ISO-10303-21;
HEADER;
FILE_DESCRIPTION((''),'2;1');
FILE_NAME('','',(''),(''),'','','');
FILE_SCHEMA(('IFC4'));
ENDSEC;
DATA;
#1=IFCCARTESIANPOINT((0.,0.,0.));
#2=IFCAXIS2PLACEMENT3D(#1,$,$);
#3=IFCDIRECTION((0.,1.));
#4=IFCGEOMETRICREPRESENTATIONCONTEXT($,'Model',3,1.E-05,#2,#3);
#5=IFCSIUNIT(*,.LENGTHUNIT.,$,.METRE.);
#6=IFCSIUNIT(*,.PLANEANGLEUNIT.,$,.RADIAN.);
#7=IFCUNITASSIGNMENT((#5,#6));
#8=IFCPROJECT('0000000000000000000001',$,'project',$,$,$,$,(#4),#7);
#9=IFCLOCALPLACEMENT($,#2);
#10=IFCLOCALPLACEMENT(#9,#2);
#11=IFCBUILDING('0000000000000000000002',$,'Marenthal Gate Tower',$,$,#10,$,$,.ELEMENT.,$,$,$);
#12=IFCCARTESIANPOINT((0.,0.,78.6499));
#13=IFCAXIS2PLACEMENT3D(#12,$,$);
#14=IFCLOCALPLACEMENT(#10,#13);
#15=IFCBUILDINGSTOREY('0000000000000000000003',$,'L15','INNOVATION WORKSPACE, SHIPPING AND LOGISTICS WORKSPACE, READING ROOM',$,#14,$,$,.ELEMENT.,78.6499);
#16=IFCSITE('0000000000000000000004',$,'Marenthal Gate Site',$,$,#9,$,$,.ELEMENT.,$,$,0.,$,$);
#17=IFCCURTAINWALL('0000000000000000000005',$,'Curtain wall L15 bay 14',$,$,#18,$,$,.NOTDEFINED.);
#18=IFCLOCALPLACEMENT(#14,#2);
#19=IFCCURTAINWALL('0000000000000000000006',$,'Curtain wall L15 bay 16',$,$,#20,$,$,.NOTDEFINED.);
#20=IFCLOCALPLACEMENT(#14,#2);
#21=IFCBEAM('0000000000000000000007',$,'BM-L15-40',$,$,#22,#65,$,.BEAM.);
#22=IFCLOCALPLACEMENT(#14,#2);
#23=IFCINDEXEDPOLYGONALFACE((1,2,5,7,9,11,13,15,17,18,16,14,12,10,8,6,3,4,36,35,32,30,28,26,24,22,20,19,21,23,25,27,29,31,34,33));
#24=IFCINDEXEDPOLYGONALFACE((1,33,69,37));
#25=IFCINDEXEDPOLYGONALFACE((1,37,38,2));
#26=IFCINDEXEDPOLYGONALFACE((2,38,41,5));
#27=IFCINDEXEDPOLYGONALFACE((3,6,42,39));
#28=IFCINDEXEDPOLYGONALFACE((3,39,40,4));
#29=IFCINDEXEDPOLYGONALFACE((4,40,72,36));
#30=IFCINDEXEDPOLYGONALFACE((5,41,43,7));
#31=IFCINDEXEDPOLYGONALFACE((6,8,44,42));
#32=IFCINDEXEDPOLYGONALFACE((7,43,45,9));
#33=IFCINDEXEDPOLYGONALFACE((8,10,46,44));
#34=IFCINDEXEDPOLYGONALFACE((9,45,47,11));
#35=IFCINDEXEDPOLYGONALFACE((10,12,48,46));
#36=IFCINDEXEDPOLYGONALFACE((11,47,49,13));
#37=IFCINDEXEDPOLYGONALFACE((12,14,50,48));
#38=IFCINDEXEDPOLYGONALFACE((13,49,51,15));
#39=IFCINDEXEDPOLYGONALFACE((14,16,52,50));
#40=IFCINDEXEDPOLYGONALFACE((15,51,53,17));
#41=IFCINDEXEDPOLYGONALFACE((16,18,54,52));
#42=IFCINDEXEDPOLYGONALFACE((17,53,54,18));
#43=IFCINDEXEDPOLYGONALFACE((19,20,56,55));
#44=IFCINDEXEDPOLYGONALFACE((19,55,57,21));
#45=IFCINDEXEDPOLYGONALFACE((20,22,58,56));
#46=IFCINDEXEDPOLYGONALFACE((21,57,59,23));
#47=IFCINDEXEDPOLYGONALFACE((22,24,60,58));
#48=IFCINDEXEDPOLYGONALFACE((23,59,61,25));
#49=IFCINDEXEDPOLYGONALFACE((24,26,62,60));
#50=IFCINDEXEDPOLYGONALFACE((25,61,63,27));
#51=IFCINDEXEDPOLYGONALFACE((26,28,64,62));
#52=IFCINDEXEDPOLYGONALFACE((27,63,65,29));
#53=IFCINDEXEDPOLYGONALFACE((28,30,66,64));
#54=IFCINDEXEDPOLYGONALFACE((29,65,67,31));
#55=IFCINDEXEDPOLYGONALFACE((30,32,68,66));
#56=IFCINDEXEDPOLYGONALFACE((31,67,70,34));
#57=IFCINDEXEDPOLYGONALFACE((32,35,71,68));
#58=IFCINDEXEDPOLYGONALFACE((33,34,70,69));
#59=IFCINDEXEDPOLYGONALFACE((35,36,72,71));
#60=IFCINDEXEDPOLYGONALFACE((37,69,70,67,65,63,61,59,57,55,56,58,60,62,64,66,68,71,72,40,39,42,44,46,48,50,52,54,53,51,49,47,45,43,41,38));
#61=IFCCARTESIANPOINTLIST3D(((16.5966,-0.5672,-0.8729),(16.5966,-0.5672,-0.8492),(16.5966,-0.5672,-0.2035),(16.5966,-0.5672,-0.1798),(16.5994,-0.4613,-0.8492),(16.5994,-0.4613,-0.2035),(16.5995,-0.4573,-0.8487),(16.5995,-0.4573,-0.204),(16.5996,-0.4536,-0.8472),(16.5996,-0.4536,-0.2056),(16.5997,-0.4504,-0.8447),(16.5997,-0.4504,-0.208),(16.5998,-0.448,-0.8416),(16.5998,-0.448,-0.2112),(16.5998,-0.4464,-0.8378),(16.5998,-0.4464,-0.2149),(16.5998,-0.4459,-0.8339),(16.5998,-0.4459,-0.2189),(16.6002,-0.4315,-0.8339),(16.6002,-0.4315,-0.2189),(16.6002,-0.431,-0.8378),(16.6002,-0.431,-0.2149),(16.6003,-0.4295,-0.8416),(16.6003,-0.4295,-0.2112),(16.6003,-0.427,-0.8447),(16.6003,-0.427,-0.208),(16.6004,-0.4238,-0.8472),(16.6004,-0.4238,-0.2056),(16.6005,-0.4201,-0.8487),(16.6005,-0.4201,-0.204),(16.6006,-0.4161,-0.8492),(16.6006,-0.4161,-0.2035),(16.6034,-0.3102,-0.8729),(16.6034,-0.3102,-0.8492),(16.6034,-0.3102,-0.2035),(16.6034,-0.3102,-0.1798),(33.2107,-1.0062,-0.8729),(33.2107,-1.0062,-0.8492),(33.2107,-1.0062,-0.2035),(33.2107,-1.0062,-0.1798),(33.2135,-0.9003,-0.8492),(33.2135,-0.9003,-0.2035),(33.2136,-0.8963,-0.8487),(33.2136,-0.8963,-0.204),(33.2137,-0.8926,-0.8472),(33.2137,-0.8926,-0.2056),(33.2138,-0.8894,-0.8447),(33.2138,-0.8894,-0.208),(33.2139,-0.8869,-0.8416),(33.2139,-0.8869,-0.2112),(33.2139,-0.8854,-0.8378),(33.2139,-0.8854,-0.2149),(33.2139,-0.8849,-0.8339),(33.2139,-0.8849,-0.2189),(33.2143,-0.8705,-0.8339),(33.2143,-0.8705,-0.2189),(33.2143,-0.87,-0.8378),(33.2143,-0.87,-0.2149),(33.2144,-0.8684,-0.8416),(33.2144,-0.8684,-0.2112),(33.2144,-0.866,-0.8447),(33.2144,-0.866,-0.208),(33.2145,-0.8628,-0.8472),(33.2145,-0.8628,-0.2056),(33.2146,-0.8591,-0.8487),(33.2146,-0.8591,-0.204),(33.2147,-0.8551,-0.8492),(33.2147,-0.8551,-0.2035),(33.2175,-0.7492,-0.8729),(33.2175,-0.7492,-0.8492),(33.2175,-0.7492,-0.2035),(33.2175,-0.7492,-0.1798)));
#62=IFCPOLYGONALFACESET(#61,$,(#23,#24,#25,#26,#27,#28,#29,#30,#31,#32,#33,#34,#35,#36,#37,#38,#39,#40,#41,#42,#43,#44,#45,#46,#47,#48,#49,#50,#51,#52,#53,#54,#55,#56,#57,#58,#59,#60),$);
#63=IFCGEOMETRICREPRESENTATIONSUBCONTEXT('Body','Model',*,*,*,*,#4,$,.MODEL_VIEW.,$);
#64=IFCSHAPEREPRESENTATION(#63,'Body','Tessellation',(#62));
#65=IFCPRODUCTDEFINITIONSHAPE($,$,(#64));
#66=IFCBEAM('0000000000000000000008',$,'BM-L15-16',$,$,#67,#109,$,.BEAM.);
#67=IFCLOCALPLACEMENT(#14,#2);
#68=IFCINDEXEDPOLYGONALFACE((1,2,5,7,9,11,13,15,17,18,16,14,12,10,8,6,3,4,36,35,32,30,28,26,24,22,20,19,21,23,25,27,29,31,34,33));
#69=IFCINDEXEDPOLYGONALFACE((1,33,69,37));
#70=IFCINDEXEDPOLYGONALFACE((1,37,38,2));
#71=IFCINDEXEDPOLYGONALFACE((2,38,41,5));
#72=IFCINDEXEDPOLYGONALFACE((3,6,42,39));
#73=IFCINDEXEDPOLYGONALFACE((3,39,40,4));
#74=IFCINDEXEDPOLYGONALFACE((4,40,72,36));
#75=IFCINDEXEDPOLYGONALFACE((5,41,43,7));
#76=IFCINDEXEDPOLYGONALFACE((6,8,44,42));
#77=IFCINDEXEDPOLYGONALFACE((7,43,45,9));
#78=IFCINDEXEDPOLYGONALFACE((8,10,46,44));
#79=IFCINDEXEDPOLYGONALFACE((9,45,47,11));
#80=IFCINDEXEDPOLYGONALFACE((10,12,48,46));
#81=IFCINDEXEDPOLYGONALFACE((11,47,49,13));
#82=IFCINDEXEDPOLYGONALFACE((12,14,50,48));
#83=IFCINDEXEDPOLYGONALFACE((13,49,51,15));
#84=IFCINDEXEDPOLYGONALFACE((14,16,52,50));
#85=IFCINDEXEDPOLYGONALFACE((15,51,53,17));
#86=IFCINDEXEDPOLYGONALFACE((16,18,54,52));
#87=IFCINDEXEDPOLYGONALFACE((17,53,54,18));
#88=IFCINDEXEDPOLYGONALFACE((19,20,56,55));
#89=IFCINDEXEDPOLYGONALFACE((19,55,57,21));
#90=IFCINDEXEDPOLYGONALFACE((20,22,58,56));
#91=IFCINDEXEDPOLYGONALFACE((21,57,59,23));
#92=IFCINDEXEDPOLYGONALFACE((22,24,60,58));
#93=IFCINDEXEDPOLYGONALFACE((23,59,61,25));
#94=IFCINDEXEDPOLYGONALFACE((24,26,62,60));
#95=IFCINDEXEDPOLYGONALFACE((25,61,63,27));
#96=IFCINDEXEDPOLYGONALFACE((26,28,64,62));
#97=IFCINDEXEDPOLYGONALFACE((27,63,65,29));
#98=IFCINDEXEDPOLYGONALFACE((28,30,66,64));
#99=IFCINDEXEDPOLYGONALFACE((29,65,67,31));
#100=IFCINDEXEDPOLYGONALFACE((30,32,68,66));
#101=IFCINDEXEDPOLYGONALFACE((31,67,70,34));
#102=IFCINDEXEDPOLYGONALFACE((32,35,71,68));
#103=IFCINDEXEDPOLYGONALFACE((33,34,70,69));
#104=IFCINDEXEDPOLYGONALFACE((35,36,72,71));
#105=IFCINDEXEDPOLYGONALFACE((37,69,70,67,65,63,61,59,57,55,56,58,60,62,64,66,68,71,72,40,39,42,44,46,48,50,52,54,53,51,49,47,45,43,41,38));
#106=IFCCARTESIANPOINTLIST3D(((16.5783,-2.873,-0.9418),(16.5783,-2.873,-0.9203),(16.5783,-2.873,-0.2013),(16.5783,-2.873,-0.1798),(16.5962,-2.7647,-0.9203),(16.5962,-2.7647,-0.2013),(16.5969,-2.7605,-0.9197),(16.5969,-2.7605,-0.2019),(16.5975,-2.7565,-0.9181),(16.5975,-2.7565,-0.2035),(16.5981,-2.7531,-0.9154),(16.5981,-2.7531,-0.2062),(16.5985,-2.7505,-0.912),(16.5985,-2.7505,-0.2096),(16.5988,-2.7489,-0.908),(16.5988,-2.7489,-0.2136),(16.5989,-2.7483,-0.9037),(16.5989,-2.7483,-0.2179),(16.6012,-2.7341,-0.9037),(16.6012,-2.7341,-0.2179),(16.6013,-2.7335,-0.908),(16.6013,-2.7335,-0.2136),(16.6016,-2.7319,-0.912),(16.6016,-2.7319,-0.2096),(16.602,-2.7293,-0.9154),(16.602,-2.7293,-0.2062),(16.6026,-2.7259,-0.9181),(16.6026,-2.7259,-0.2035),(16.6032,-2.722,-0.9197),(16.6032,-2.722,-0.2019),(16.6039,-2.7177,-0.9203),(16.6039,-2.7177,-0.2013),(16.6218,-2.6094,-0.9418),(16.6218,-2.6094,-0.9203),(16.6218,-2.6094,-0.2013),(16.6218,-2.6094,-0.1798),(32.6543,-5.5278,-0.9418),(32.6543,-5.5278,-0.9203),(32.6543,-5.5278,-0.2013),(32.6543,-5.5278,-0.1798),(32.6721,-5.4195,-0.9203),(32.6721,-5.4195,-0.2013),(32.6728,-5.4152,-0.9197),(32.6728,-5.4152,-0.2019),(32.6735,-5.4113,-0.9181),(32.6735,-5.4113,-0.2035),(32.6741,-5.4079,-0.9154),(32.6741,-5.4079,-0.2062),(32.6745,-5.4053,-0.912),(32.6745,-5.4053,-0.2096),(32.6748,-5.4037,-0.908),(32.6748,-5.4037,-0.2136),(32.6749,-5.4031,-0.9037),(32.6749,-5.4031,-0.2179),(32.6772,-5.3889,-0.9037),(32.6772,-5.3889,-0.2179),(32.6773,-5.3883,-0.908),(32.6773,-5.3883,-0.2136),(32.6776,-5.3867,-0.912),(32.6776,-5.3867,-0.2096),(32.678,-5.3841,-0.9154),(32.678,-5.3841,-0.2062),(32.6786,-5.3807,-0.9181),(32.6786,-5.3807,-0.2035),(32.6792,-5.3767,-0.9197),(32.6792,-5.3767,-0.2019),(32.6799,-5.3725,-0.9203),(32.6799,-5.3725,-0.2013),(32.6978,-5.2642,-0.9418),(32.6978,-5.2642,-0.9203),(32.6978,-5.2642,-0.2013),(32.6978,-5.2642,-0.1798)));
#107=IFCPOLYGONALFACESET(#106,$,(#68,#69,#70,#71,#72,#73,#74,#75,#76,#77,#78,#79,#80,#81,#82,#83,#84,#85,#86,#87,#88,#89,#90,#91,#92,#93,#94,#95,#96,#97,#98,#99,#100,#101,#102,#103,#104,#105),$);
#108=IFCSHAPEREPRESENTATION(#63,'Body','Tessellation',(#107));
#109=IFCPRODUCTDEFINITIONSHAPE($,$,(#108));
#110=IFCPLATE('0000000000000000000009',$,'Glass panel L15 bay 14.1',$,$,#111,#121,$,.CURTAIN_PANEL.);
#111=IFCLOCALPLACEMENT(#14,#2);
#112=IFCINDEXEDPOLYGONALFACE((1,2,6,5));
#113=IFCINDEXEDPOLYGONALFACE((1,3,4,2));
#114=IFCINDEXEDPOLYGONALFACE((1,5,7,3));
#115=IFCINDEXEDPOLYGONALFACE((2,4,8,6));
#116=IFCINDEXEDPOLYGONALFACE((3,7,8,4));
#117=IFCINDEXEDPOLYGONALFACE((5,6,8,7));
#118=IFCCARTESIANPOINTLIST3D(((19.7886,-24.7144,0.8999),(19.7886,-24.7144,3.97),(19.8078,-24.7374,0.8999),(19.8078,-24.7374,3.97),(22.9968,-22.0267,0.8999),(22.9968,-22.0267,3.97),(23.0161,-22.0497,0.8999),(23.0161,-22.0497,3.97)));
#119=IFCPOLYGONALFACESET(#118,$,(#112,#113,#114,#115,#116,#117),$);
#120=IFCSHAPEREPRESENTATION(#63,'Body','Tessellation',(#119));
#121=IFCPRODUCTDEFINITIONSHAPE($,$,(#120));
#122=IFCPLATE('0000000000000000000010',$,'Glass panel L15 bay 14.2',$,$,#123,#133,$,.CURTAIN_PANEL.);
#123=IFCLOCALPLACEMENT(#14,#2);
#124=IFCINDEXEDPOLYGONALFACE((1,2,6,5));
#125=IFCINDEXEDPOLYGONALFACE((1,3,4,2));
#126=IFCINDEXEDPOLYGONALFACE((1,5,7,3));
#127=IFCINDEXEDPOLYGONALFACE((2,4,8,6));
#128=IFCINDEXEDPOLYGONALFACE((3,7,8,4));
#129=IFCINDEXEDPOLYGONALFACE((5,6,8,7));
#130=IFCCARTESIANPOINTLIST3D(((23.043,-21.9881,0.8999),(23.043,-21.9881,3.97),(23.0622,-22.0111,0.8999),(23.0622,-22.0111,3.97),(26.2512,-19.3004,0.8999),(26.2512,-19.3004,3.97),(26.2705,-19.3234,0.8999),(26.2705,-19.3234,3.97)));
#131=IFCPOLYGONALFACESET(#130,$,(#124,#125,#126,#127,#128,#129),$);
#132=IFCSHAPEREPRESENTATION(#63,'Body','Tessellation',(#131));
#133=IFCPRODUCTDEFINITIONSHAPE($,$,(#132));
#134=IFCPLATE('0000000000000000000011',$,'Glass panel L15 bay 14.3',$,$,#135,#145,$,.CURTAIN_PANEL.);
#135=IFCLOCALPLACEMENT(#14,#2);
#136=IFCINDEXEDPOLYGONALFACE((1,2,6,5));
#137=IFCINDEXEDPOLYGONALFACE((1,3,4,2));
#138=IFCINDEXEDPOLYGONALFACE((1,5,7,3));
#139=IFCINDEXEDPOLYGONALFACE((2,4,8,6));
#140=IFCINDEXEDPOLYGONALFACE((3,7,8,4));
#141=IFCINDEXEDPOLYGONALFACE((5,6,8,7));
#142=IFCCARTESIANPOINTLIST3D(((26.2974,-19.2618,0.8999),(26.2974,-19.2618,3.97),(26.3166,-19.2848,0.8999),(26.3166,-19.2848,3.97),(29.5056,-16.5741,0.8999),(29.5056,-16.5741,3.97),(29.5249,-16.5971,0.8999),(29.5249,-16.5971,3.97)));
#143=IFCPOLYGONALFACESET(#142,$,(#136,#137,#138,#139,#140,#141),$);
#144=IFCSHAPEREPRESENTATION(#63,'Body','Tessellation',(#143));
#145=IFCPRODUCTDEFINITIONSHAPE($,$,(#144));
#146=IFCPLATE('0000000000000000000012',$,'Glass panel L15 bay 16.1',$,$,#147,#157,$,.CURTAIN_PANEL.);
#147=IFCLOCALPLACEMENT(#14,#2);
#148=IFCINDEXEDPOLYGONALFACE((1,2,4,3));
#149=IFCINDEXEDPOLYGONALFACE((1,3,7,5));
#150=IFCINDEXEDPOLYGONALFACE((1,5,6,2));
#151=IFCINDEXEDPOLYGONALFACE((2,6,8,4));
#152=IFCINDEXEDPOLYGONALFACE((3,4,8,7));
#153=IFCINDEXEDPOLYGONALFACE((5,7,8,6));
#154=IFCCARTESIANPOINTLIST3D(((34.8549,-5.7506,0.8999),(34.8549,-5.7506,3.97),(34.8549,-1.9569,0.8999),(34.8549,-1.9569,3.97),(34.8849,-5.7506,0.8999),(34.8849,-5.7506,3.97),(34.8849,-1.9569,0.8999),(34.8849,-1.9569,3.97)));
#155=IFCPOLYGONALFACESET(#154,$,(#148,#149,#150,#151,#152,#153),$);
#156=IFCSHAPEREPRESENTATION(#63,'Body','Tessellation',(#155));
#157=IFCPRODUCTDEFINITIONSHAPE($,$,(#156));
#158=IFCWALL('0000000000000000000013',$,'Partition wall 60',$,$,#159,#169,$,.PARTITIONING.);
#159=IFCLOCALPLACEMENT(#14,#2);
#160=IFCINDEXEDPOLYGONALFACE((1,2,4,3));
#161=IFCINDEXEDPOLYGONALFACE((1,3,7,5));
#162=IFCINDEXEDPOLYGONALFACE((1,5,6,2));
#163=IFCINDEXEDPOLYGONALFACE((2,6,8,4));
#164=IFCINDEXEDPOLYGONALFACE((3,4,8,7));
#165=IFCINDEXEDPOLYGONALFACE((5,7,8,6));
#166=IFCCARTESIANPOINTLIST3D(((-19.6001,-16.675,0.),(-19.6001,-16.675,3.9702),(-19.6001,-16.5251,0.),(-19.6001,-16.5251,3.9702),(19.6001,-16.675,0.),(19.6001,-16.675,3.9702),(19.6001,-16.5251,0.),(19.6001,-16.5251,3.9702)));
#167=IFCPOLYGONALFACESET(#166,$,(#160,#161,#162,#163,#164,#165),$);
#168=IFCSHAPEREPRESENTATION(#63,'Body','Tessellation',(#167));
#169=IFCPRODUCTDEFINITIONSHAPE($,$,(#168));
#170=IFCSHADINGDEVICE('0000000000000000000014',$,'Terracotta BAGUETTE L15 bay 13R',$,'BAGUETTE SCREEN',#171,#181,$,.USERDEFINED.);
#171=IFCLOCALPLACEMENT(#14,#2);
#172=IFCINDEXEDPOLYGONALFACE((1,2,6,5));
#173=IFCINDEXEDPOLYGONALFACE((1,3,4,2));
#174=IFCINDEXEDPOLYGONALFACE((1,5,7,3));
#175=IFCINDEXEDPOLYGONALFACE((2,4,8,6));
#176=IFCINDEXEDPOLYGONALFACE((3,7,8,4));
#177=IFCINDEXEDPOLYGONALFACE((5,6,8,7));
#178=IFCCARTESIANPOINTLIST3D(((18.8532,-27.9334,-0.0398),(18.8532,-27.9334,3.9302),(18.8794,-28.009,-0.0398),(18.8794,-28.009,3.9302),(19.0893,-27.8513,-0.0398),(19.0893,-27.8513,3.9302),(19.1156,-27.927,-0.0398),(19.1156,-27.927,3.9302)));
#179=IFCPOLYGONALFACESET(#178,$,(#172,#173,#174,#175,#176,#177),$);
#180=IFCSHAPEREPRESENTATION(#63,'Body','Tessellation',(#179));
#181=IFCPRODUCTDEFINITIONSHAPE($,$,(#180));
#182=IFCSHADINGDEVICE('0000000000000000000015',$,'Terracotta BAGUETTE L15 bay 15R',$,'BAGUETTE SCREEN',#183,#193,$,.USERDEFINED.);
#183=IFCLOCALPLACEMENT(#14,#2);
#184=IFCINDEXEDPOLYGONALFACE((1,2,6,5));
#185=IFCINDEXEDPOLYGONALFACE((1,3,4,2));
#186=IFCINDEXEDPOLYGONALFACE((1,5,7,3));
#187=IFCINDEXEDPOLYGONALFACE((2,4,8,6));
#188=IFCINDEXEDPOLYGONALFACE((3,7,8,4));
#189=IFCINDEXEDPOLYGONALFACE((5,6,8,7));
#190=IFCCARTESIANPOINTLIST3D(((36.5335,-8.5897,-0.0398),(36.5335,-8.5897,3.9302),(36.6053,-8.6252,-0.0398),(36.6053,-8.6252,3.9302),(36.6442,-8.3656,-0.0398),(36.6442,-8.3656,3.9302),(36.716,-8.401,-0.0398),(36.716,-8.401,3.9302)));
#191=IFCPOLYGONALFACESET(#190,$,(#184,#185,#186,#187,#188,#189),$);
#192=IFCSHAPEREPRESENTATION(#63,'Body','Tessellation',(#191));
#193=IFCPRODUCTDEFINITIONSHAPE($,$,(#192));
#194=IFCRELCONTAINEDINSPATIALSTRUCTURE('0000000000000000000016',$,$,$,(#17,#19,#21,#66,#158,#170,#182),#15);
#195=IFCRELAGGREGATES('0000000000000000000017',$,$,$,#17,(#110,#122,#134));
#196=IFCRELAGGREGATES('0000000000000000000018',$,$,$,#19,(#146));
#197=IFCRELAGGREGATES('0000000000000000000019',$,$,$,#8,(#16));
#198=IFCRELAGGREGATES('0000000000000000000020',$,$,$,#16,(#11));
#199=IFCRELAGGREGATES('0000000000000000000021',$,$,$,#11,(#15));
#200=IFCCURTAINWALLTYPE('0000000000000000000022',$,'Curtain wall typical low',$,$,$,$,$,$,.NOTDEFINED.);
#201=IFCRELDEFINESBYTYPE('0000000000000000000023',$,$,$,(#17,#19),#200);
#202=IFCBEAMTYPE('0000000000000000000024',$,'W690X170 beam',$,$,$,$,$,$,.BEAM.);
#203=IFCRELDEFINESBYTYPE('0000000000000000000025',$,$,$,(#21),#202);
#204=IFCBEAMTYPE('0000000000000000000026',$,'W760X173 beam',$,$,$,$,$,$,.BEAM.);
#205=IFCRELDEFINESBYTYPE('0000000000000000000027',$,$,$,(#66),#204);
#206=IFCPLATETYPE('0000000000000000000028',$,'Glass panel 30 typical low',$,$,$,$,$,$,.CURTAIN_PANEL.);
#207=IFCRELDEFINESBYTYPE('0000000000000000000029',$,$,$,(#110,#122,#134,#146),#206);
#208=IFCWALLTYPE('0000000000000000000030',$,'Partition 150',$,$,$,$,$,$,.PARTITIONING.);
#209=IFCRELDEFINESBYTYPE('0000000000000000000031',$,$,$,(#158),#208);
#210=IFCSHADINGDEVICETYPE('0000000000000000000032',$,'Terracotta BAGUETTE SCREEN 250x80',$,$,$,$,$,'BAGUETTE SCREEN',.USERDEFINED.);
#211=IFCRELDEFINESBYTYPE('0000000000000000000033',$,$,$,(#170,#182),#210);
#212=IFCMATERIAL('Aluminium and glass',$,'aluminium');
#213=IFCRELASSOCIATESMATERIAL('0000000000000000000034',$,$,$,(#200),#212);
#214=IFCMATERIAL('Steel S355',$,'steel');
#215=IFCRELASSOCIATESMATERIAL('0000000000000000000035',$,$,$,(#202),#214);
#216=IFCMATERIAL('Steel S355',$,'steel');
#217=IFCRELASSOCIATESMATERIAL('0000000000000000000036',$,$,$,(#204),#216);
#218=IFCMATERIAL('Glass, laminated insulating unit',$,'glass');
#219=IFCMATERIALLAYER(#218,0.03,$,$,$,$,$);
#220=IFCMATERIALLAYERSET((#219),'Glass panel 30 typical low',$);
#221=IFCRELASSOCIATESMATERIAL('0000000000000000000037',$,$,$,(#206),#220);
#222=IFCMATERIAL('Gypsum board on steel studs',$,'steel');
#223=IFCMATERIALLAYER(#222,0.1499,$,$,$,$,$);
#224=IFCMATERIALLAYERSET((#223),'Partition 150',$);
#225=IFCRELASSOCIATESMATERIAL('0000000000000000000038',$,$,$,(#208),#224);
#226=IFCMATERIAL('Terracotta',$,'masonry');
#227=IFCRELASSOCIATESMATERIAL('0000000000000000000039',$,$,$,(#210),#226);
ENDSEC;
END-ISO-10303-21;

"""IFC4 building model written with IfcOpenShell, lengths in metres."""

from ifc_helpers import new_model, si_unit, direction, frame, frame_2d, origin, origin_2d, place, context, subcontext, project, spatial, rectangle, i_section, extrude, material, layer, layer_set, material_profile, profile_set, type_object, element, aggregate, save


model = new_model("IFC4")

# Units and contexts
model_context = context("Model", 3, precision=1e-05, world=origin(), true_north=direction((0.0, 1.0)))
body_context = subcontext(model_context, "Body", "Model", "MODEL_VIEW")
ifc_project = project(units=[si_unit("LENGTHUNIT", "METRE"), si_unit("PLANEANGLEUNIT", "RADIAN")], contexts=[model_context])

# Site, building, storey
site_placement = place(None, origin())
site = spatial("IfcSite", under=ifc_project, at=site_placement, Name="Marenthal Gate Site", CompositionType="ELEMENT", RefElevation=0.0)
building_placement = place(site_placement, origin())
building = spatial("IfcBuilding", under=site, at=building_placement, Name="Marenthal Gate Tower", CompositionType="ELEMENT")
storey_placement = place(building_placement, frame((0.0, 0.0, 78.6499)))
storey = spatial("IfcBuildingStorey", under=building, at=storey_placement, Name="L15", Description="INNOVATION WORKSPACE, SHIPPING AND LOGISTICS WORKSPACE, READING ROOM", CompositionType="ELEMENT", Elevation=78.6499)

# Curtain walls
ifc_material_1 = material(Name="Aluminium and glass", Category="aluminium")
curtain_wall_type = type_object("IfcCurtainWallType", Name="Curtain wall typical low", PredefinedType="NOTDEFINED", material=ifc_material_1)
curtain_wall_1_placement = place(storey_placement, origin())
curtain_wall_1 = element("IfcCurtainWall", 1, at=curtain_wall_1_placement, inside=storey, type_object=curtain_wall_type, Name="Curtain wall L15 bay 14", PredefinedType="NOTDEFINED")
curtain_wall_2_placement = place(storey_placement, origin())
curtain_wall_2 = element("IfcCurtainWall", 2, at=curtain_wall_2_placement, inside=storey, type_object=curtain_wall_type, Name="Curtain wall L15 bay 16", PredefinedType="NOTDEFINED")

# Beams
ifc_material_2 = material(Name="Steel S355", Category="steel")
ifc_material_profile_1 = material_profile(ifc_material_2, i_section(OverallWidth=0.2571, OverallDepth=0.6931, WebThickness=0.0144, FlangeThickness=0.0237, FilletRadius=0.0154, at=origin_2d()), Name="W690X170")
ifc_profile_set_1 = profile_set([ifc_material_profile_1], Name="Steel S355")
beam_type_1 = type_object("IfcBeamType", Name="W690X170 beam", PredefinedType="BEAM", material=ifc_profile_set_1)
beam_1_placement = place(storey_placement, frame((33.2141, -0.8777, -0.5264), z_axis=(-0.999651, 0.026412, 0.0), x_axis=(-0.026412, -0.999651, 0.0)))
element("IfcBeam", 3, at=beam_1_placement, inside=storey, type_object=beam_type_1, Name="BM-L15-40", PredefinedType="BEAM", context=body_context, shape_type="SweptSolid", body=[
    extrude(i_section(OverallWidth=0.2571, OverallDepth=0.6931, WebThickness=0.0144, FlangeThickness=0.0237, FilletRadius=0.0154, at=origin_2d()), origin(), (0.0, 0.0, 1.0), 16.6199),
])
ifc_material_3 = material(Name="Steel S355", Category="steel")
ifc_material_profile_2 = material_profile(ifc_material_3, i_section(OverallWidth=0.2671, OverallDepth=0.762, WebThickness=0.0144, FlangeThickness=0.0215, FilletRadius=0.0166, at=origin_2d()), Name="W760X173")
ifc_profile_set_2 = profile_set([ifc_material_profile_2], Name="Steel S355")
beam_type_2 = type_object("IfcBeamType", Name="W760X173 beam", PredefinedType="BEAM", material=ifc_profile_set_2)
beam_2_placement = place(storey_placement, frame((32.676, -5.396, -0.5608), z_axis=(-0.986637, 0.162934, 0.0), x_axis=(-0.162934, -0.986637, 0.0)))
element("IfcBeam", 4, at=beam_2_placement, inside=storey, type_object=beam_type_2, Name="BM-L15-16", PredefinedType="BEAM", context=body_context, shape_type="SweptSolid", body=[
    extrude(i_section(OverallWidth=0.2671, OverallDepth=0.762, WebThickness=0.0144, FlangeThickness=0.0215, FilletRadius=0.0166, at=origin_2d()), origin(), (0.0, 0.0, 1.0), 16.2937),
])

# Plates
ifc_material_4 = material(Name="Glass, laminated insulating unit", Category="glass")
ifc_layer_1 = layer(ifc_material_4, 0.03)
ifc_layer_set_1 = layer_set([ifc_layer_1], Name="Glass panel 30 typical low")
plate_type = type_object("IfcPlateType", Name="Glass panel 30 typical low", PredefinedType="CURTAIN_PANEL", material=ifc_layer_set_1)
plate_1_placement = place(storey_placement, frame((21.4023, -23.3821, 0.8999), z_axis=(0.0, 0.0, 1.0), x_axis=(0.766557, 0.642176, 0.0)))
plate_1 = element("IfcPlate", 5, at=plate_1_placement, type_object=plate_type, Name="Glass panel L15 bay 14.1", PredefinedType="CURTAIN_PANEL", context=body_context, shape_type="SweptSolid", body=[
    extrude(rectangle(XDim=4.1853, YDim=0.03, at=origin_2d()), origin(), (0.0, 0.0, 1.0), 3.0701),
])
plate_2_placement = place(storey_placement, frame((24.6567, -20.6558, 0.8999), z_axis=(0.0, 0.0, 1.0), x_axis=(0.766557, 0.642176, 0.0)))
plate_2 = element("IfcPlate", 6, at=plate_2_placement, type_object=plate_type, Name="Glass panel L15 bay 14.2", PredefinedType="CURTAIN_PANEL", context=body_context, shape_type="SweptSolid", body=[
    extrude(rectangle(XDim=4.1853, YDim=0.03, at=origin_2d()), origin(), (0.0, 0.0, 1.0), 3.0701),
])
plate_3_placement = place(storey_placement, frame((27.9111, -17.9294, 0.8999), z_axis=(0.0, 0.0, 1.0), x_axis=(0.766557, 0.642176, 0.0)))
plate_3 = element("IfcPlate", 7, at=plate_3_placement, type_object=plate_type, Name="Glass panel L15 bay 14.3", PredefinedType="CURTAIN_PANEL", context=body_context, shape_type="SweptSolid", body=[
    extrude(rectangle(XDim=4.1853, YDim=0.03, at=origin_2d()), origin(), (0.0, 0.0, 1.0), 3.0701),
])
aggregate(curtain_wall_1, [plate_1, plate_2, plate_3])
plate_4_placement = place(storey_placement, frame((34.8699, -3.8538, 0.8999), z_axis=(0.0, 0.0, 1.0), x_axis=(0.0, 1.0, 0.0)))
plate_4 = element("IfcPlate", 8, at=plate_4_placement, type_object=plate_type, Name="Glass panel L15 bay 16.1", PredefinedType="CURTAIN_PANEL", context=body_context, shape_type="SweptSolid", body=[
    extrude(rectangle(XDim=3.7937, YDim=0.03, at=origin_2d()), origin(), (0.0, 0.0, 1.0), 3.0701),
])
aggregate(curtain_wall_2, [plate_4])

# Wall
ifc_material_5 = material(Name="Gypsum board on steel studs", Category="steel")
ifc_layer_2 = layer(ifc_material_5, 0.1499)
ifc_layer_set_2 = layer_set([ifc_layer_2], Name="Partition 150")
wall_type_1 = type_object("IfcWallType", Name="Partition 150", PredefinedType="PARTITIONING", material=ifc_layer_set_2)
wall_1_placement = place(storey_placement, frame((19.6001, -16.6001, 0.0), z_axis=(0.0, 0.0, 1.0), x_axis=(-1.0, 0.0, 0.0)))
element("IfcWall", 9, at=wall_1_placement, inside=storey, type_object=wall_type_1, Name="Partition wall 60", PredefinedType="PARTITIONING", context=body_context, shape_type="SweptSolid", body=[
    extrude(rectangle(XDim=39.2002, YDim=0.1499, at=frame_2d((19.6001, 0.0))), origin(), (0.0, 0.0, 1.0), 3.9702),
])

# Shading devices
ifc_material_6 = material(Name="Terracotta", Category="masonry")
ifc_material_profile_3 = material_profile(ifc_material_6, rectangle(XDim=0.25, YDim=0.0801, at=origin_2d()), Name="Terracotta baguette 250x80")
ifc_profile_set_3 = profile_set([ifc_material_profile_3], Name="Terracotta")
shading_device_type = type_object("IfcShadingDeviceType", Name="Terracotta BAGUETTE SCREEN 250x80", ElementType="BAGUETTE SCREEN", PredefinedType="USERDEFINED", material=ifc_profile_set_3)
for number, where, z_axis, x_axis, name in (
    (10, (18.9844, -27.9302, -0.0398), (0.0, 0.0, 1.0), (0.944657, 0.328061, 0.0), "Terracotta BAGUETTE L15 bay 13R"),
    (11, (36.6248, -8.4954, -0.0398), (0.0, 0.0, 1.0), (0.442939, 0.896552, 0.0), "Terracotta BAGUETTE L15 bay 15R"),
):
    element("IfcShadingDevice", number, at=place(storey_placement, frame(where, z_axis=z_axis, x_axis=x_axis)), inside=storey, type_object=shading_device_type, Name=name, ObjectType="BAGUETTE SCREEN", PredefinedType="USERDEFINED", context=body_context, shape_type="SweptSolid", body=[
        extrude(rectangle(XDim=0.25, YDim=0.0801, at=origin_2d()), origin(), (0.0, 0.0, 1.0), 3.97),
    ])

save(model, "model.ifc")
